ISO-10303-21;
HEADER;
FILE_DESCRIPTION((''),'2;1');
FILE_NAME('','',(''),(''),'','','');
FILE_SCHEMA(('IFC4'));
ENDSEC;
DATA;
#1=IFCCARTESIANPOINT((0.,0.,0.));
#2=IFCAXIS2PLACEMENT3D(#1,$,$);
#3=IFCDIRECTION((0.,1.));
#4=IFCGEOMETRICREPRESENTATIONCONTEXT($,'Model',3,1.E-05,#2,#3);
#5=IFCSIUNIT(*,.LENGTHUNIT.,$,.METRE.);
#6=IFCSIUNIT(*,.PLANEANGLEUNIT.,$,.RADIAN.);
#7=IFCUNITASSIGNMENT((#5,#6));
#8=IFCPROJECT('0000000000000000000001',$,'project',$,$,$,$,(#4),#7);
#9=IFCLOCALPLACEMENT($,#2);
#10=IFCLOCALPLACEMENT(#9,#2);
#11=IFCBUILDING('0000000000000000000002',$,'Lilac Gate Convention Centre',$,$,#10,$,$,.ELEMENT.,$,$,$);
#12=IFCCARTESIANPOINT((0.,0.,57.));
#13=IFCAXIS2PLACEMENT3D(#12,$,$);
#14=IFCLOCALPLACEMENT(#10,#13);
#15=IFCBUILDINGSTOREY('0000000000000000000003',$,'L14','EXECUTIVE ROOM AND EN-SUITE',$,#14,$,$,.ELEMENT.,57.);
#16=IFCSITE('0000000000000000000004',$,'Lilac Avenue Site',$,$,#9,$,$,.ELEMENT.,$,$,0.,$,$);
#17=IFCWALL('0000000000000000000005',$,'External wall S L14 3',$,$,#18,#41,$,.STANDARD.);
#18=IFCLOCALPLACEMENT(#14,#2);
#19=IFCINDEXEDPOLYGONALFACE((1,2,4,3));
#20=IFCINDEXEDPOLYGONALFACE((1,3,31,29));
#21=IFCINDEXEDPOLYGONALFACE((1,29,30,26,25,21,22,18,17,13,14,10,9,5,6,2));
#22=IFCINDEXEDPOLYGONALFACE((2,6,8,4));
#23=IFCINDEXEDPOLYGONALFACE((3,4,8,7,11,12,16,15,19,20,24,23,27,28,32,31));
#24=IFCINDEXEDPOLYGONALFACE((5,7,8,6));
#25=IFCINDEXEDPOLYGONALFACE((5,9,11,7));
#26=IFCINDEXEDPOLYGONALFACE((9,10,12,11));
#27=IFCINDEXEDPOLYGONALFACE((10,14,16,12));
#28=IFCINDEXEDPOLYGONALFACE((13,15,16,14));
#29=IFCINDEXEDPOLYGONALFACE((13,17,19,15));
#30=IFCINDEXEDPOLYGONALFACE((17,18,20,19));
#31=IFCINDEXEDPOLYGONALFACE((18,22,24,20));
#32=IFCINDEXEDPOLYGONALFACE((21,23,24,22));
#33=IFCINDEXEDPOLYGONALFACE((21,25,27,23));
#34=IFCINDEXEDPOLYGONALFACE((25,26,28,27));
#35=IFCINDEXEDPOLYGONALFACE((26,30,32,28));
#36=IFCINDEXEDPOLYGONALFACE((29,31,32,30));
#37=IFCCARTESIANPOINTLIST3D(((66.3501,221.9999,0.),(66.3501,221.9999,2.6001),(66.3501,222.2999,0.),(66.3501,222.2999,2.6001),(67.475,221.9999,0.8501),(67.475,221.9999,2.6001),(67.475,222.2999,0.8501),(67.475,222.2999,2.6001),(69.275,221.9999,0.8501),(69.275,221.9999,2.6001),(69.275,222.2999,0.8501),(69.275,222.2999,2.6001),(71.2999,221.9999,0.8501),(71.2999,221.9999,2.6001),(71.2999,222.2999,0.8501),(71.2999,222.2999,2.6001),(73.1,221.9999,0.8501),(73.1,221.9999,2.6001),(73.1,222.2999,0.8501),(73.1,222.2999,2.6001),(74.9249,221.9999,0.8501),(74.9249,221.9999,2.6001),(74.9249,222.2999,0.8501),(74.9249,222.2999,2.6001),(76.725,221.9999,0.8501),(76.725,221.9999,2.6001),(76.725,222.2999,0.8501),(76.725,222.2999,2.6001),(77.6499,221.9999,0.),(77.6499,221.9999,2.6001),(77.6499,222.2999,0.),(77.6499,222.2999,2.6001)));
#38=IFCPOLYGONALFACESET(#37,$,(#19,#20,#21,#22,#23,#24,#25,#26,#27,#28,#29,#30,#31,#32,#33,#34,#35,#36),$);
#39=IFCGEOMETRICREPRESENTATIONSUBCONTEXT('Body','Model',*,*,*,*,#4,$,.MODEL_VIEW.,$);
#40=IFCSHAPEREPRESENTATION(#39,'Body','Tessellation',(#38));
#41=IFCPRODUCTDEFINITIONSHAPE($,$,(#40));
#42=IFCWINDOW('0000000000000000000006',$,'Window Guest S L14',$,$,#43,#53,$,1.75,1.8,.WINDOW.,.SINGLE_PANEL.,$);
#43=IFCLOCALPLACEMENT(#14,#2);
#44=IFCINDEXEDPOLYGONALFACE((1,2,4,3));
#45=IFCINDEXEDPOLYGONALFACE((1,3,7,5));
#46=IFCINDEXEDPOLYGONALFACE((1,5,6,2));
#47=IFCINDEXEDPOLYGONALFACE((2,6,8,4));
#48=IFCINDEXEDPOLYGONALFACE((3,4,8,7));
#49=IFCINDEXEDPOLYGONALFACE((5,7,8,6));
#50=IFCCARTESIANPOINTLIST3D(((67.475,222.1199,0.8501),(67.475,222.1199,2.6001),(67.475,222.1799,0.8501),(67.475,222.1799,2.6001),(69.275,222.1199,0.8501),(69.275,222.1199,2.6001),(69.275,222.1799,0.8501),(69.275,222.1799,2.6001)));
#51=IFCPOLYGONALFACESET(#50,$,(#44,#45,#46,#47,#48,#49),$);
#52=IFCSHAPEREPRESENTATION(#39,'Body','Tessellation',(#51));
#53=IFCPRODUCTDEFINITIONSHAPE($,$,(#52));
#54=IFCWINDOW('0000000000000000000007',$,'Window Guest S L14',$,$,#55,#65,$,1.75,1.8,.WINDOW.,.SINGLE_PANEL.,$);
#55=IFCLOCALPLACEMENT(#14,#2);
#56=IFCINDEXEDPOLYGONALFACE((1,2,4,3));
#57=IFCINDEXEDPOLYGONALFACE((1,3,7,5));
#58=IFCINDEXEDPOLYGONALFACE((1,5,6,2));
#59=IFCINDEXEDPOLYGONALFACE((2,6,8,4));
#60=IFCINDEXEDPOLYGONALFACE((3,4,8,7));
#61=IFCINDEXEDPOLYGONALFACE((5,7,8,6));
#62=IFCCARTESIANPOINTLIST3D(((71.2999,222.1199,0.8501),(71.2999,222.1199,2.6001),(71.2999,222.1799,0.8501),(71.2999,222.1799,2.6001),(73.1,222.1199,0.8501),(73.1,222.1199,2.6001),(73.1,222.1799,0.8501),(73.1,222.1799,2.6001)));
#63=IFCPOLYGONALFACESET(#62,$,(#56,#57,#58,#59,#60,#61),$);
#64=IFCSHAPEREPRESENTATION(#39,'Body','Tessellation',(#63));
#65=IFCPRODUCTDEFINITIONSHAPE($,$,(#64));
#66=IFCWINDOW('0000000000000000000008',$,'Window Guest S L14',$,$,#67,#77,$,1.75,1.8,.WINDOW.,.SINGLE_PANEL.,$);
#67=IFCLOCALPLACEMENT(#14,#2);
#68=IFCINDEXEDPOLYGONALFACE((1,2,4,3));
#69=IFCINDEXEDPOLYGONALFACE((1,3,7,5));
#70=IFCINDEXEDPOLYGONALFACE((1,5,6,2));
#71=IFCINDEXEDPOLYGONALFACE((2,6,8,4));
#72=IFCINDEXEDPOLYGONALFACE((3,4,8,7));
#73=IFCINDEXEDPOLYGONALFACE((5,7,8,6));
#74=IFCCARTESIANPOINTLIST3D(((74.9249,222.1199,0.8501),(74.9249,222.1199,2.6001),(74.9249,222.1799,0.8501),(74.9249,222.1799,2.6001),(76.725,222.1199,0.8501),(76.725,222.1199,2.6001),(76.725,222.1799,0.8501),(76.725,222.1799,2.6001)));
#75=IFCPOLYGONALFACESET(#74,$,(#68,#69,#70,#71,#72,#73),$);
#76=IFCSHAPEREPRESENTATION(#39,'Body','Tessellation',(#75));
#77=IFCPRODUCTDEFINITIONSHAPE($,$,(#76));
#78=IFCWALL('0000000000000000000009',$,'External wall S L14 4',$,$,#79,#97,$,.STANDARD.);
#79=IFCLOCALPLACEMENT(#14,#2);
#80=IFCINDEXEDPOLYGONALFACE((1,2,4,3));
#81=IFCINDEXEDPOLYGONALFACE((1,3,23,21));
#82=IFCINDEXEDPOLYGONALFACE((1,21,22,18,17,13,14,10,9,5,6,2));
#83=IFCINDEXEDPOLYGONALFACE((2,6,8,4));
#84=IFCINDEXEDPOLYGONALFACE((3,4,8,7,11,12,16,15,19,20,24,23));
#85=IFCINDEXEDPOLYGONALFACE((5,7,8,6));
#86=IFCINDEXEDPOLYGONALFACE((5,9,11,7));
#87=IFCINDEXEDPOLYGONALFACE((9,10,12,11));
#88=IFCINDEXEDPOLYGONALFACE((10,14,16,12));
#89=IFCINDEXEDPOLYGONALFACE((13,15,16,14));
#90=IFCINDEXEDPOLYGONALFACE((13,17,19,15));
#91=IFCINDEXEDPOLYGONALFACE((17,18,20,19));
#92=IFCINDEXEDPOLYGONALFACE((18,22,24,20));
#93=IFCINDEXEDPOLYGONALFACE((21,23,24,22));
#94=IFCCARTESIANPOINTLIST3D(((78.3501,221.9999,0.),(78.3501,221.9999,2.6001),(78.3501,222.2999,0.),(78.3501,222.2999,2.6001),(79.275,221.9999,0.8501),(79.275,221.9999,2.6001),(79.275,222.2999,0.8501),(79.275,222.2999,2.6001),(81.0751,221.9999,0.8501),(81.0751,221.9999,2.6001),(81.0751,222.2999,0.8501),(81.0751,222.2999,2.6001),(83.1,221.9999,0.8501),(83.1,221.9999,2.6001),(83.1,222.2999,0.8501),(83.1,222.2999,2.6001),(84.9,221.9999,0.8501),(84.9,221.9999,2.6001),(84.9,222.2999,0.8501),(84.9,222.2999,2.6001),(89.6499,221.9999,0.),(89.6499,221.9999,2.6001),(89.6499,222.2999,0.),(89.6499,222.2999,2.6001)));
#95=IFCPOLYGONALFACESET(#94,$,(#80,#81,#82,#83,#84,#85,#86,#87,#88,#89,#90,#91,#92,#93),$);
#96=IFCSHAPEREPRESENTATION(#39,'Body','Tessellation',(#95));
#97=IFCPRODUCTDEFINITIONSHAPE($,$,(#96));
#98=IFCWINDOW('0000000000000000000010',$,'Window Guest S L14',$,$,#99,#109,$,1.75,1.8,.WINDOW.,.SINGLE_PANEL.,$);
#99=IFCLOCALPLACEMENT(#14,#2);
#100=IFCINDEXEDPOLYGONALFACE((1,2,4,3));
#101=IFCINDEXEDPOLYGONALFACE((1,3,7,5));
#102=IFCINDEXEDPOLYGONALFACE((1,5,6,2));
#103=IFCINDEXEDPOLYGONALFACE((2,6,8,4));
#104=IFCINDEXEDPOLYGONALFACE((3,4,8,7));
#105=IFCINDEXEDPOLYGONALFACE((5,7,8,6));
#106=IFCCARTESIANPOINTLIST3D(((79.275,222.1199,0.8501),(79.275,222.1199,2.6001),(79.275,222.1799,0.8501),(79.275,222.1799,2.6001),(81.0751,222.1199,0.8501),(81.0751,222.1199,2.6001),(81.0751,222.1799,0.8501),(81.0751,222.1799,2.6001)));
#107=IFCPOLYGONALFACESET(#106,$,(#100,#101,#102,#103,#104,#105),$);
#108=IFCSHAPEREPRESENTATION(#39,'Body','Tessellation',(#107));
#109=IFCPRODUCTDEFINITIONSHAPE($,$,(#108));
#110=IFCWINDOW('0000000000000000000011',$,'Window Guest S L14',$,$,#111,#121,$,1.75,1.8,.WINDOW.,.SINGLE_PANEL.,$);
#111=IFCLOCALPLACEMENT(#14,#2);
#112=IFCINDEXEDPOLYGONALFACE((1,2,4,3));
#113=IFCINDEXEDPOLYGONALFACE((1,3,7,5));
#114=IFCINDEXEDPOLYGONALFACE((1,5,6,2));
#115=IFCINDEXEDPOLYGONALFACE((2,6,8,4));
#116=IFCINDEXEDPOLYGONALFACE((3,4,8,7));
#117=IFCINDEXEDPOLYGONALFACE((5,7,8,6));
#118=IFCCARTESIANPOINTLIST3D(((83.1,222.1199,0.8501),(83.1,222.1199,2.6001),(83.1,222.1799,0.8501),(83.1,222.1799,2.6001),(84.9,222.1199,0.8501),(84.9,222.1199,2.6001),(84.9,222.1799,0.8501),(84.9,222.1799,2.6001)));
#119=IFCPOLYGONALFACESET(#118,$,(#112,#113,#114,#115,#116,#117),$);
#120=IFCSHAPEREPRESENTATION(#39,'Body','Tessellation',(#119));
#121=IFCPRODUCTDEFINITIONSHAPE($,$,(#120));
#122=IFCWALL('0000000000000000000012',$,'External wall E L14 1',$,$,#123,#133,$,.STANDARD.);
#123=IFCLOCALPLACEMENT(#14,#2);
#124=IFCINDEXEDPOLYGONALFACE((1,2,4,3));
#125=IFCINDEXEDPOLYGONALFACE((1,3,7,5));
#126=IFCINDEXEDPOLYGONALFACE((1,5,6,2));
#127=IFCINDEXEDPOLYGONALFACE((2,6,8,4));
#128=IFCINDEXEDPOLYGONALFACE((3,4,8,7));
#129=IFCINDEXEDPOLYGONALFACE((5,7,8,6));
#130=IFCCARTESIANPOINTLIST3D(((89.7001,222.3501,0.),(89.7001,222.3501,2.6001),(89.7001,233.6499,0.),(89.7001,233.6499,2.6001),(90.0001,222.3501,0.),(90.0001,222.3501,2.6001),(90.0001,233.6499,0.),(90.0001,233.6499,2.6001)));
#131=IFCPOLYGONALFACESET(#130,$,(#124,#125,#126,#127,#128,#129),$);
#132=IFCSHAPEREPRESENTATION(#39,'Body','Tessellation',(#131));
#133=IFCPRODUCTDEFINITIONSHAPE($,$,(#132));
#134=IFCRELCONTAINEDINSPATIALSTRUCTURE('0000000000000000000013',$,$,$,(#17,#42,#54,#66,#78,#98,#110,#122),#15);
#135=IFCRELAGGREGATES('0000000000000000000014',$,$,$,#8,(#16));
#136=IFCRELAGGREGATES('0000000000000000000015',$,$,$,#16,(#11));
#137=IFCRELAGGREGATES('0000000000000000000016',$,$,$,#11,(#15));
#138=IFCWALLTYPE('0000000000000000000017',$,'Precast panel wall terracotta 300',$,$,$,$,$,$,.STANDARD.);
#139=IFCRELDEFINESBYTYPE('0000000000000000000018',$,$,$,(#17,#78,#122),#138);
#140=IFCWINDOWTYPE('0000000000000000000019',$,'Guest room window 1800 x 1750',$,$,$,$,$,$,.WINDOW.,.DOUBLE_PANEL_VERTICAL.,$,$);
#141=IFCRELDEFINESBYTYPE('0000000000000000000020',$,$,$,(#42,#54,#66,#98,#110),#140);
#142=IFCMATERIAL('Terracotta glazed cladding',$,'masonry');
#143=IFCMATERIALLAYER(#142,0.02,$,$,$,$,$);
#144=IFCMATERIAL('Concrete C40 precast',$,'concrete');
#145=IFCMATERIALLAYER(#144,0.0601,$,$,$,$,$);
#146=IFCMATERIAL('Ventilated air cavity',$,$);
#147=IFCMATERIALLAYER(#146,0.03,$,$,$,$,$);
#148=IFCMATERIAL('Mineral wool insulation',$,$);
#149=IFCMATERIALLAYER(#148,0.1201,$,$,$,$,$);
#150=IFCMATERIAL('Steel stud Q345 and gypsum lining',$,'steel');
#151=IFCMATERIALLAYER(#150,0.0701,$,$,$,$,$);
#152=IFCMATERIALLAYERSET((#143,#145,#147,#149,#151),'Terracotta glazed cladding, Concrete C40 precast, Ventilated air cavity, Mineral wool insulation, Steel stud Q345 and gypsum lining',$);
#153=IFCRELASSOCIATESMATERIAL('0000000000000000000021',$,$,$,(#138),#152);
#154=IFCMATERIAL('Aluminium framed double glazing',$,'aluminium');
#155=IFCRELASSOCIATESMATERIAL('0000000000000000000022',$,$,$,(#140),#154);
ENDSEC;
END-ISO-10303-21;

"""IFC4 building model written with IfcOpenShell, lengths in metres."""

from ifc_helpers import new_model, si_unit, direction, frame, frame_2d, origin, place, context, subcontext, project, spatial, rectangle, extrude, material, layer, layer_set, type_object, element, fill, save


model = new_model("IFC4")

# Units and contexts
model_context = context("Model", 3, precision=1e-05, world=origin(), true_north=direction((0.0, 1.0)))
body_context = subcontext(model_context, "Body", "Model", "MODEL_VIEW")
ifc_project = project(units=[si_unit("LENGTHUNIT", "METRE"), si_unit("PLANEANGLEUNIT", "RADIAN")], contexts=[model_context])

# Site, building, storey
site_placement = place(None, origin())
site = spatial("IfcSite", under=ifc_project, at=site_placement, Name="Lilac Avenue Site", CompositionType="ELEMENT", RefElevation=0.0)
building_placement = place(site_placement, origin())
building = spatial("IfcBuilding", under=site, at=building_placement, Name="Lilac Gate Convention Centre", CompositionType="ELEMENT")
storey_placement = place(building_placement, frame((0.0, 0.0, 57.0)))
storey = spatial("IfcBuildingStorey", under=building, at=storey_placement, Name="L14", Description="EXECUTIVE ROOM AND EN-SUITE", CompositionType="ELEMENT", Elevation=57.0)

# Shared definitions
ifc_material_1 = material(Name="Concrete C40 precast", Category="concrete")

# Walls, openings, windows
ifc_material_2 = material(Name="Terracotta glazed cladding", Category="masonry")
ifc_layer_1 = layer(ifc_material_2, 0.02)
ifc_layer_2 = layer(ifc_material_1, 0.0601)
ifc_material_3 = material(Name="Ventilated air cavity")
ifc_layer_3 = layer(ifc_material_3, 0.03)
ifc_material_4 = material(Name="Mineral wool insulation")
ifc_layer_4 = layer(ifc_material_4, 0.1201)
ifc_material_5 = material(Name="Steel stud Q345 and gypsum lining", Category="steel")
ifc_layer_5 = layer(ifc_material_5, 0.0701)
ifc_layer_set_1 = layer_set([ifc_layer_1, ifc_layer_2, ifc_layer_3, ifc_layer_4, ifc_layer_5], Name="Terracotta glazed cladding, Concrete C40 precast, Ventilated air cavity, Mineral wool insulation, Steel stud Q345 and gypsum lining")
wall_type_1 = type_object("IfcWallType", Name="Precast panel wall terracotta 300", PredefinedType="STANDARD", material=ifc_layer_set_1)
ifc_material_6 = material(Name="Aluminium framed double glazing", Category="aluminium")
window_type = type_object("IfcWindowType", Name="Guest room window 1800 x 1750", PartitioningType="DOUBLE_PANEL_VERTICAL", PredefinedType="WINDOW", material=ifc_material_6)
wall_1_placement = place(storey_placement, frame((66.3501, 222.1499, 0.0), z_axis=(0.0, 0.0, 1.0), x_axis=(1.0, 0.0, 0.0)))
wall_1 = element("IfcWall", 1, at=wall_1_placement, inside=storey, type_object=wall_type_1, Name="External wall S L14 3", PredefinedType="STANDARD", context=body_context, shape_type="SweptSolid", body=[
    extrude(rectangle(XDim=11.2998, YDim=0.3, at=frame_2d((5.6499, 0.0))), origin(), (0.0, 0.0, 1.0), 2.6001),
])
opening_1_placement = place(wall_1_placement, frame((1.125, 0.0, 0.8501)))
opening_1 = element("IfcOpeningElement", 2, at=opening_1_placement, cuts=wall_1, PredefinedType="OPENING", context=body_context, shape_type="SweptSolid", body=[
    extrude(rectangle(XDim=1.8, YDim=1.75, at=frame_2d((0.8999, 0.875))), frame((0.0, 0.1599, 0.0), z_axis=(0.0, -1.0, 0.0), x_axis=(1.0, 0.0, 0.0)), (0.0, 0.0, 1.0), 0.3201),
])
opening_2_placement = place(wall_1_placement, frame((4.95, 0.0, 0.8501)))
opening_2 = element("IfcOpeningElement", 3, at=opening_2_placement, cuts=wall_1, PredefinedType="OPENING", context=body_context, shape_type="SweptSolid", body=[
    extrude(rectangle(XDim=1.8, YDim=1.75, at=frame_2d((0.8999, 0.875))), frame((0.0, 0.1599, 0.0), z_axis=(0.0, -1.0, 0.0), x_axis=(1.0, 0.0, 0.0)), (0.0, 0.0, 1.0), 0.3201),
])
opening_3_placement = place(wall_1_placement, frame((8.575, 0.0, 0.8501)))
opening_3 = element("IfcOpeningElement", 4, at=opening_3_placement, cuts=wall_1, PredefinedType="OPENING", context=body_context, shape_type="SweptSolid", body=[
    extrude(rectangle(XDim=1.8, YDim=1.75, at=frame_2d((0.8999, 0.875))), frame((0.0, 0.1599, 0.0), z_axis=(0.0, -1.0, 0.0), x_axis=(1.0, 0.0, 0.0)), (0.0, 0.0, 1.0), 0.3201),
])
window_1_placement = place(opening_1_placement, origin())
window_1 = element("IfcWindow", 5, at=window_1_placement, inside=storey, type_object=window_type, Name="Window Guest S L14", OverallHeight=1.75, OverallWidth=1.8, PartitioningType="SINGLE_PANEL", PredefinedType="WINDOW", context=body_context, shape_type="SweptSolid", body=[
    extrude(rectangle(XDim=1.8, YDim=1.75, at=frame_2d((0.8999, 0.875))), frame((0.0, 0.03, 0.0), z_axis=(0.0, -1.0, 0.0), x_axis=(1.0, 0.0, 0.0)), (0.0, 0.0, 1.0), 0.0601),
])
fill(opening_1, window_1)
window_2_placement = place(opening_2_placement, origin())
window_2 = element("IfcWindow", 6, at=window_2_placement, inside=storey, type_object=window_type, Name="Window Guest S L14", OverallHeight=1.75, OverallWidth=1.8, PartitioningType="SINGLE_PANEL", PredefinedType="WINDOW", context=body_context, shape_type="SweptSolid", body=[
    extrude(rectangle(XDim=1.8, YDim=1.75, at=frame_2d((0.8999, 0.875))), frame((0.0, 0.03, 0.0), z_axis=(0.0, -1.0, 0.0), x_axis=(1.0, 0.0, 0.0)), (0.0, 0.0, 1.0), 0.0601),
])
fill(opening_2, window_2)
window_3_placement = place(opening_3_placement, origin())
window_3 = element("IfcWindow", 7, at=window_3_placement, inside=storey, type_object=window_type, Name="Window Guest S L14", OverallHeight=1.75, OverallWidth=1.8, PartitioningType="SINGLE_PANEL", PredefinedType="WINDOW", context=body_context, shape_type="SweptSolid", body=[
    extrude(rectangle(XDim=1.8, YDim=1.75, at=frame_2d((0.8999, 0.875))), frame((0.0, 0.03, 0.0), z_axis=(0.0, -1.0, 0.0), x_axis=(1.0, 0.0, 0.0)), (0.0, 0.0, 1.0), 0.0601),
])
fill(opening_3, window_3)
wall_2_placement = place(storey_placement, frame((78.3501, 222.1499, 0.0), z_axis=(0.0, 0.0, 1.0), x_axis=(1.0, 0.0, 0.0)))
wall_2 = element("IfcWall", 8, at=wall_2_placement, inside=storey, type_object=wall_type_1, Name="External wall S L14 4", PredefinedType="STANDARD", context=body_context, shape_type="SweptSolid", body=[
    extrude(rectangle(XDim=11.2998, YDim=0.3, at=frame_2d((5.6499, 0.0))), origin(), (0.0, 0.0, 1.0), 2.6001),
])
opening_4_placement = place(wall_2_placement, frame((0.925, 0.0, 0.8501)))
opening_4 = element("IfcOpeningElement", 9, at=opening_4_placement, cuts=wall_2, PredefinedType="OPENING", context=body_context, shape_type="SweptSolid", body=[
    extrude(rectangle(XDim=1.8, YDim=1.75, at=frame_2d((0.8999, 0.875))), frame((0.0, 0.1599, 0.0), z_axis=(0.0, -1.0, 0.0), x_axis=(1.0, 0.0, 0.0)), (0.0, 0.0, 1.0), 0.3201),
])
opening_5_placement = place(wall_2_placement, frame((4.75, 0.0, 0.8501)))
opening_5 = element("IfcOpeningElement", 10, at=opening_5_placement, cuts=wall_2, PredefinedType="OPENING", context=body_context, shape_type="SweptSolid", body=[
    extrude(rectangle(XDim=1.8, YDim=1.75, at=frame_2d((0.8999, 0.875))), frame((0.0, 0.1599, 0.0), z_axis=(0.0, -1.0, 0.0), x_axis=(1.0, 0.0, 0.0)), (0.0, 0.0, 1.0), 0.3201),
])
window_4_placement = place(opening_4_placement, origin())
window_4 = element("IfcWindow", 11, at=window_4_placement, inside=storey, type_object=window_type, Name="Window Guest S L14", OverallHeight=1.75, OverallWidth=1.8, PartitioningType="SINGLE_PANEL", PredefinedType="WINDOW", context=body_context, shape_type="SweptSolid", body=[
    extrude(rectangle(XDim=1.8, YDim=1.75, at=frame_2d((0.8999, 0.875))), frame((0.0, 0.03, 0.0), z_axis=(0.0, -1.0, 0.0), x_axis=(1.0, 0.0, 0.0)), (0.0, 0.0, 1.0), 0.0601),
])
fill(opening_4, window_4)
window_5_placement = place(opening_5_placement, origin())
window_5 = element("IfcWindow", 12, at=window_5_placement, inside=storey, type_object=window_type, Name="Window Guest S L14", OverallHeight=1.75, OverallWidth=1.8, PartitioningType="SINGLE_PANEL", PredefinedType="WINDOW", context=body_context, shape_type="SweptSolid", body=[
    extrude(rectangle(XDim=1.8, YDim=1.75, at=frame_2d((0.8999, 0.875))), frame((0.0, 0.03, 0.0), z_axis=(0.0, -1.0, 0.0), x_axis=(1.0, 0.0, 0.0)), (0.0, 0.0, 1.0), 0.0601),
])
fill(opening_5, window_5)

# Wall
wall_3_placement = place(storey_placement, frame((89.8501, 222.3501, 0.0), z_axis=(0.0, 0.0, 1.0), x_axis=(0.0, 1.0, 0.0)))
element("IfcWall", 13, at=wall_3_placement, inside=storey, type_object=wall_type_1, Name="External wall E L14 1", PredefinedType="STANDARD", context=body_context, shape_type="SweptSolid", body=[
    extrude(rectangle(XDim=11.2998, YDim=0.3, at=frame_2d((5.6499, 0.0))), origin(), (0.0, 0.0, 1.0), 2.6001),
])

save(model, "model.ifc")
